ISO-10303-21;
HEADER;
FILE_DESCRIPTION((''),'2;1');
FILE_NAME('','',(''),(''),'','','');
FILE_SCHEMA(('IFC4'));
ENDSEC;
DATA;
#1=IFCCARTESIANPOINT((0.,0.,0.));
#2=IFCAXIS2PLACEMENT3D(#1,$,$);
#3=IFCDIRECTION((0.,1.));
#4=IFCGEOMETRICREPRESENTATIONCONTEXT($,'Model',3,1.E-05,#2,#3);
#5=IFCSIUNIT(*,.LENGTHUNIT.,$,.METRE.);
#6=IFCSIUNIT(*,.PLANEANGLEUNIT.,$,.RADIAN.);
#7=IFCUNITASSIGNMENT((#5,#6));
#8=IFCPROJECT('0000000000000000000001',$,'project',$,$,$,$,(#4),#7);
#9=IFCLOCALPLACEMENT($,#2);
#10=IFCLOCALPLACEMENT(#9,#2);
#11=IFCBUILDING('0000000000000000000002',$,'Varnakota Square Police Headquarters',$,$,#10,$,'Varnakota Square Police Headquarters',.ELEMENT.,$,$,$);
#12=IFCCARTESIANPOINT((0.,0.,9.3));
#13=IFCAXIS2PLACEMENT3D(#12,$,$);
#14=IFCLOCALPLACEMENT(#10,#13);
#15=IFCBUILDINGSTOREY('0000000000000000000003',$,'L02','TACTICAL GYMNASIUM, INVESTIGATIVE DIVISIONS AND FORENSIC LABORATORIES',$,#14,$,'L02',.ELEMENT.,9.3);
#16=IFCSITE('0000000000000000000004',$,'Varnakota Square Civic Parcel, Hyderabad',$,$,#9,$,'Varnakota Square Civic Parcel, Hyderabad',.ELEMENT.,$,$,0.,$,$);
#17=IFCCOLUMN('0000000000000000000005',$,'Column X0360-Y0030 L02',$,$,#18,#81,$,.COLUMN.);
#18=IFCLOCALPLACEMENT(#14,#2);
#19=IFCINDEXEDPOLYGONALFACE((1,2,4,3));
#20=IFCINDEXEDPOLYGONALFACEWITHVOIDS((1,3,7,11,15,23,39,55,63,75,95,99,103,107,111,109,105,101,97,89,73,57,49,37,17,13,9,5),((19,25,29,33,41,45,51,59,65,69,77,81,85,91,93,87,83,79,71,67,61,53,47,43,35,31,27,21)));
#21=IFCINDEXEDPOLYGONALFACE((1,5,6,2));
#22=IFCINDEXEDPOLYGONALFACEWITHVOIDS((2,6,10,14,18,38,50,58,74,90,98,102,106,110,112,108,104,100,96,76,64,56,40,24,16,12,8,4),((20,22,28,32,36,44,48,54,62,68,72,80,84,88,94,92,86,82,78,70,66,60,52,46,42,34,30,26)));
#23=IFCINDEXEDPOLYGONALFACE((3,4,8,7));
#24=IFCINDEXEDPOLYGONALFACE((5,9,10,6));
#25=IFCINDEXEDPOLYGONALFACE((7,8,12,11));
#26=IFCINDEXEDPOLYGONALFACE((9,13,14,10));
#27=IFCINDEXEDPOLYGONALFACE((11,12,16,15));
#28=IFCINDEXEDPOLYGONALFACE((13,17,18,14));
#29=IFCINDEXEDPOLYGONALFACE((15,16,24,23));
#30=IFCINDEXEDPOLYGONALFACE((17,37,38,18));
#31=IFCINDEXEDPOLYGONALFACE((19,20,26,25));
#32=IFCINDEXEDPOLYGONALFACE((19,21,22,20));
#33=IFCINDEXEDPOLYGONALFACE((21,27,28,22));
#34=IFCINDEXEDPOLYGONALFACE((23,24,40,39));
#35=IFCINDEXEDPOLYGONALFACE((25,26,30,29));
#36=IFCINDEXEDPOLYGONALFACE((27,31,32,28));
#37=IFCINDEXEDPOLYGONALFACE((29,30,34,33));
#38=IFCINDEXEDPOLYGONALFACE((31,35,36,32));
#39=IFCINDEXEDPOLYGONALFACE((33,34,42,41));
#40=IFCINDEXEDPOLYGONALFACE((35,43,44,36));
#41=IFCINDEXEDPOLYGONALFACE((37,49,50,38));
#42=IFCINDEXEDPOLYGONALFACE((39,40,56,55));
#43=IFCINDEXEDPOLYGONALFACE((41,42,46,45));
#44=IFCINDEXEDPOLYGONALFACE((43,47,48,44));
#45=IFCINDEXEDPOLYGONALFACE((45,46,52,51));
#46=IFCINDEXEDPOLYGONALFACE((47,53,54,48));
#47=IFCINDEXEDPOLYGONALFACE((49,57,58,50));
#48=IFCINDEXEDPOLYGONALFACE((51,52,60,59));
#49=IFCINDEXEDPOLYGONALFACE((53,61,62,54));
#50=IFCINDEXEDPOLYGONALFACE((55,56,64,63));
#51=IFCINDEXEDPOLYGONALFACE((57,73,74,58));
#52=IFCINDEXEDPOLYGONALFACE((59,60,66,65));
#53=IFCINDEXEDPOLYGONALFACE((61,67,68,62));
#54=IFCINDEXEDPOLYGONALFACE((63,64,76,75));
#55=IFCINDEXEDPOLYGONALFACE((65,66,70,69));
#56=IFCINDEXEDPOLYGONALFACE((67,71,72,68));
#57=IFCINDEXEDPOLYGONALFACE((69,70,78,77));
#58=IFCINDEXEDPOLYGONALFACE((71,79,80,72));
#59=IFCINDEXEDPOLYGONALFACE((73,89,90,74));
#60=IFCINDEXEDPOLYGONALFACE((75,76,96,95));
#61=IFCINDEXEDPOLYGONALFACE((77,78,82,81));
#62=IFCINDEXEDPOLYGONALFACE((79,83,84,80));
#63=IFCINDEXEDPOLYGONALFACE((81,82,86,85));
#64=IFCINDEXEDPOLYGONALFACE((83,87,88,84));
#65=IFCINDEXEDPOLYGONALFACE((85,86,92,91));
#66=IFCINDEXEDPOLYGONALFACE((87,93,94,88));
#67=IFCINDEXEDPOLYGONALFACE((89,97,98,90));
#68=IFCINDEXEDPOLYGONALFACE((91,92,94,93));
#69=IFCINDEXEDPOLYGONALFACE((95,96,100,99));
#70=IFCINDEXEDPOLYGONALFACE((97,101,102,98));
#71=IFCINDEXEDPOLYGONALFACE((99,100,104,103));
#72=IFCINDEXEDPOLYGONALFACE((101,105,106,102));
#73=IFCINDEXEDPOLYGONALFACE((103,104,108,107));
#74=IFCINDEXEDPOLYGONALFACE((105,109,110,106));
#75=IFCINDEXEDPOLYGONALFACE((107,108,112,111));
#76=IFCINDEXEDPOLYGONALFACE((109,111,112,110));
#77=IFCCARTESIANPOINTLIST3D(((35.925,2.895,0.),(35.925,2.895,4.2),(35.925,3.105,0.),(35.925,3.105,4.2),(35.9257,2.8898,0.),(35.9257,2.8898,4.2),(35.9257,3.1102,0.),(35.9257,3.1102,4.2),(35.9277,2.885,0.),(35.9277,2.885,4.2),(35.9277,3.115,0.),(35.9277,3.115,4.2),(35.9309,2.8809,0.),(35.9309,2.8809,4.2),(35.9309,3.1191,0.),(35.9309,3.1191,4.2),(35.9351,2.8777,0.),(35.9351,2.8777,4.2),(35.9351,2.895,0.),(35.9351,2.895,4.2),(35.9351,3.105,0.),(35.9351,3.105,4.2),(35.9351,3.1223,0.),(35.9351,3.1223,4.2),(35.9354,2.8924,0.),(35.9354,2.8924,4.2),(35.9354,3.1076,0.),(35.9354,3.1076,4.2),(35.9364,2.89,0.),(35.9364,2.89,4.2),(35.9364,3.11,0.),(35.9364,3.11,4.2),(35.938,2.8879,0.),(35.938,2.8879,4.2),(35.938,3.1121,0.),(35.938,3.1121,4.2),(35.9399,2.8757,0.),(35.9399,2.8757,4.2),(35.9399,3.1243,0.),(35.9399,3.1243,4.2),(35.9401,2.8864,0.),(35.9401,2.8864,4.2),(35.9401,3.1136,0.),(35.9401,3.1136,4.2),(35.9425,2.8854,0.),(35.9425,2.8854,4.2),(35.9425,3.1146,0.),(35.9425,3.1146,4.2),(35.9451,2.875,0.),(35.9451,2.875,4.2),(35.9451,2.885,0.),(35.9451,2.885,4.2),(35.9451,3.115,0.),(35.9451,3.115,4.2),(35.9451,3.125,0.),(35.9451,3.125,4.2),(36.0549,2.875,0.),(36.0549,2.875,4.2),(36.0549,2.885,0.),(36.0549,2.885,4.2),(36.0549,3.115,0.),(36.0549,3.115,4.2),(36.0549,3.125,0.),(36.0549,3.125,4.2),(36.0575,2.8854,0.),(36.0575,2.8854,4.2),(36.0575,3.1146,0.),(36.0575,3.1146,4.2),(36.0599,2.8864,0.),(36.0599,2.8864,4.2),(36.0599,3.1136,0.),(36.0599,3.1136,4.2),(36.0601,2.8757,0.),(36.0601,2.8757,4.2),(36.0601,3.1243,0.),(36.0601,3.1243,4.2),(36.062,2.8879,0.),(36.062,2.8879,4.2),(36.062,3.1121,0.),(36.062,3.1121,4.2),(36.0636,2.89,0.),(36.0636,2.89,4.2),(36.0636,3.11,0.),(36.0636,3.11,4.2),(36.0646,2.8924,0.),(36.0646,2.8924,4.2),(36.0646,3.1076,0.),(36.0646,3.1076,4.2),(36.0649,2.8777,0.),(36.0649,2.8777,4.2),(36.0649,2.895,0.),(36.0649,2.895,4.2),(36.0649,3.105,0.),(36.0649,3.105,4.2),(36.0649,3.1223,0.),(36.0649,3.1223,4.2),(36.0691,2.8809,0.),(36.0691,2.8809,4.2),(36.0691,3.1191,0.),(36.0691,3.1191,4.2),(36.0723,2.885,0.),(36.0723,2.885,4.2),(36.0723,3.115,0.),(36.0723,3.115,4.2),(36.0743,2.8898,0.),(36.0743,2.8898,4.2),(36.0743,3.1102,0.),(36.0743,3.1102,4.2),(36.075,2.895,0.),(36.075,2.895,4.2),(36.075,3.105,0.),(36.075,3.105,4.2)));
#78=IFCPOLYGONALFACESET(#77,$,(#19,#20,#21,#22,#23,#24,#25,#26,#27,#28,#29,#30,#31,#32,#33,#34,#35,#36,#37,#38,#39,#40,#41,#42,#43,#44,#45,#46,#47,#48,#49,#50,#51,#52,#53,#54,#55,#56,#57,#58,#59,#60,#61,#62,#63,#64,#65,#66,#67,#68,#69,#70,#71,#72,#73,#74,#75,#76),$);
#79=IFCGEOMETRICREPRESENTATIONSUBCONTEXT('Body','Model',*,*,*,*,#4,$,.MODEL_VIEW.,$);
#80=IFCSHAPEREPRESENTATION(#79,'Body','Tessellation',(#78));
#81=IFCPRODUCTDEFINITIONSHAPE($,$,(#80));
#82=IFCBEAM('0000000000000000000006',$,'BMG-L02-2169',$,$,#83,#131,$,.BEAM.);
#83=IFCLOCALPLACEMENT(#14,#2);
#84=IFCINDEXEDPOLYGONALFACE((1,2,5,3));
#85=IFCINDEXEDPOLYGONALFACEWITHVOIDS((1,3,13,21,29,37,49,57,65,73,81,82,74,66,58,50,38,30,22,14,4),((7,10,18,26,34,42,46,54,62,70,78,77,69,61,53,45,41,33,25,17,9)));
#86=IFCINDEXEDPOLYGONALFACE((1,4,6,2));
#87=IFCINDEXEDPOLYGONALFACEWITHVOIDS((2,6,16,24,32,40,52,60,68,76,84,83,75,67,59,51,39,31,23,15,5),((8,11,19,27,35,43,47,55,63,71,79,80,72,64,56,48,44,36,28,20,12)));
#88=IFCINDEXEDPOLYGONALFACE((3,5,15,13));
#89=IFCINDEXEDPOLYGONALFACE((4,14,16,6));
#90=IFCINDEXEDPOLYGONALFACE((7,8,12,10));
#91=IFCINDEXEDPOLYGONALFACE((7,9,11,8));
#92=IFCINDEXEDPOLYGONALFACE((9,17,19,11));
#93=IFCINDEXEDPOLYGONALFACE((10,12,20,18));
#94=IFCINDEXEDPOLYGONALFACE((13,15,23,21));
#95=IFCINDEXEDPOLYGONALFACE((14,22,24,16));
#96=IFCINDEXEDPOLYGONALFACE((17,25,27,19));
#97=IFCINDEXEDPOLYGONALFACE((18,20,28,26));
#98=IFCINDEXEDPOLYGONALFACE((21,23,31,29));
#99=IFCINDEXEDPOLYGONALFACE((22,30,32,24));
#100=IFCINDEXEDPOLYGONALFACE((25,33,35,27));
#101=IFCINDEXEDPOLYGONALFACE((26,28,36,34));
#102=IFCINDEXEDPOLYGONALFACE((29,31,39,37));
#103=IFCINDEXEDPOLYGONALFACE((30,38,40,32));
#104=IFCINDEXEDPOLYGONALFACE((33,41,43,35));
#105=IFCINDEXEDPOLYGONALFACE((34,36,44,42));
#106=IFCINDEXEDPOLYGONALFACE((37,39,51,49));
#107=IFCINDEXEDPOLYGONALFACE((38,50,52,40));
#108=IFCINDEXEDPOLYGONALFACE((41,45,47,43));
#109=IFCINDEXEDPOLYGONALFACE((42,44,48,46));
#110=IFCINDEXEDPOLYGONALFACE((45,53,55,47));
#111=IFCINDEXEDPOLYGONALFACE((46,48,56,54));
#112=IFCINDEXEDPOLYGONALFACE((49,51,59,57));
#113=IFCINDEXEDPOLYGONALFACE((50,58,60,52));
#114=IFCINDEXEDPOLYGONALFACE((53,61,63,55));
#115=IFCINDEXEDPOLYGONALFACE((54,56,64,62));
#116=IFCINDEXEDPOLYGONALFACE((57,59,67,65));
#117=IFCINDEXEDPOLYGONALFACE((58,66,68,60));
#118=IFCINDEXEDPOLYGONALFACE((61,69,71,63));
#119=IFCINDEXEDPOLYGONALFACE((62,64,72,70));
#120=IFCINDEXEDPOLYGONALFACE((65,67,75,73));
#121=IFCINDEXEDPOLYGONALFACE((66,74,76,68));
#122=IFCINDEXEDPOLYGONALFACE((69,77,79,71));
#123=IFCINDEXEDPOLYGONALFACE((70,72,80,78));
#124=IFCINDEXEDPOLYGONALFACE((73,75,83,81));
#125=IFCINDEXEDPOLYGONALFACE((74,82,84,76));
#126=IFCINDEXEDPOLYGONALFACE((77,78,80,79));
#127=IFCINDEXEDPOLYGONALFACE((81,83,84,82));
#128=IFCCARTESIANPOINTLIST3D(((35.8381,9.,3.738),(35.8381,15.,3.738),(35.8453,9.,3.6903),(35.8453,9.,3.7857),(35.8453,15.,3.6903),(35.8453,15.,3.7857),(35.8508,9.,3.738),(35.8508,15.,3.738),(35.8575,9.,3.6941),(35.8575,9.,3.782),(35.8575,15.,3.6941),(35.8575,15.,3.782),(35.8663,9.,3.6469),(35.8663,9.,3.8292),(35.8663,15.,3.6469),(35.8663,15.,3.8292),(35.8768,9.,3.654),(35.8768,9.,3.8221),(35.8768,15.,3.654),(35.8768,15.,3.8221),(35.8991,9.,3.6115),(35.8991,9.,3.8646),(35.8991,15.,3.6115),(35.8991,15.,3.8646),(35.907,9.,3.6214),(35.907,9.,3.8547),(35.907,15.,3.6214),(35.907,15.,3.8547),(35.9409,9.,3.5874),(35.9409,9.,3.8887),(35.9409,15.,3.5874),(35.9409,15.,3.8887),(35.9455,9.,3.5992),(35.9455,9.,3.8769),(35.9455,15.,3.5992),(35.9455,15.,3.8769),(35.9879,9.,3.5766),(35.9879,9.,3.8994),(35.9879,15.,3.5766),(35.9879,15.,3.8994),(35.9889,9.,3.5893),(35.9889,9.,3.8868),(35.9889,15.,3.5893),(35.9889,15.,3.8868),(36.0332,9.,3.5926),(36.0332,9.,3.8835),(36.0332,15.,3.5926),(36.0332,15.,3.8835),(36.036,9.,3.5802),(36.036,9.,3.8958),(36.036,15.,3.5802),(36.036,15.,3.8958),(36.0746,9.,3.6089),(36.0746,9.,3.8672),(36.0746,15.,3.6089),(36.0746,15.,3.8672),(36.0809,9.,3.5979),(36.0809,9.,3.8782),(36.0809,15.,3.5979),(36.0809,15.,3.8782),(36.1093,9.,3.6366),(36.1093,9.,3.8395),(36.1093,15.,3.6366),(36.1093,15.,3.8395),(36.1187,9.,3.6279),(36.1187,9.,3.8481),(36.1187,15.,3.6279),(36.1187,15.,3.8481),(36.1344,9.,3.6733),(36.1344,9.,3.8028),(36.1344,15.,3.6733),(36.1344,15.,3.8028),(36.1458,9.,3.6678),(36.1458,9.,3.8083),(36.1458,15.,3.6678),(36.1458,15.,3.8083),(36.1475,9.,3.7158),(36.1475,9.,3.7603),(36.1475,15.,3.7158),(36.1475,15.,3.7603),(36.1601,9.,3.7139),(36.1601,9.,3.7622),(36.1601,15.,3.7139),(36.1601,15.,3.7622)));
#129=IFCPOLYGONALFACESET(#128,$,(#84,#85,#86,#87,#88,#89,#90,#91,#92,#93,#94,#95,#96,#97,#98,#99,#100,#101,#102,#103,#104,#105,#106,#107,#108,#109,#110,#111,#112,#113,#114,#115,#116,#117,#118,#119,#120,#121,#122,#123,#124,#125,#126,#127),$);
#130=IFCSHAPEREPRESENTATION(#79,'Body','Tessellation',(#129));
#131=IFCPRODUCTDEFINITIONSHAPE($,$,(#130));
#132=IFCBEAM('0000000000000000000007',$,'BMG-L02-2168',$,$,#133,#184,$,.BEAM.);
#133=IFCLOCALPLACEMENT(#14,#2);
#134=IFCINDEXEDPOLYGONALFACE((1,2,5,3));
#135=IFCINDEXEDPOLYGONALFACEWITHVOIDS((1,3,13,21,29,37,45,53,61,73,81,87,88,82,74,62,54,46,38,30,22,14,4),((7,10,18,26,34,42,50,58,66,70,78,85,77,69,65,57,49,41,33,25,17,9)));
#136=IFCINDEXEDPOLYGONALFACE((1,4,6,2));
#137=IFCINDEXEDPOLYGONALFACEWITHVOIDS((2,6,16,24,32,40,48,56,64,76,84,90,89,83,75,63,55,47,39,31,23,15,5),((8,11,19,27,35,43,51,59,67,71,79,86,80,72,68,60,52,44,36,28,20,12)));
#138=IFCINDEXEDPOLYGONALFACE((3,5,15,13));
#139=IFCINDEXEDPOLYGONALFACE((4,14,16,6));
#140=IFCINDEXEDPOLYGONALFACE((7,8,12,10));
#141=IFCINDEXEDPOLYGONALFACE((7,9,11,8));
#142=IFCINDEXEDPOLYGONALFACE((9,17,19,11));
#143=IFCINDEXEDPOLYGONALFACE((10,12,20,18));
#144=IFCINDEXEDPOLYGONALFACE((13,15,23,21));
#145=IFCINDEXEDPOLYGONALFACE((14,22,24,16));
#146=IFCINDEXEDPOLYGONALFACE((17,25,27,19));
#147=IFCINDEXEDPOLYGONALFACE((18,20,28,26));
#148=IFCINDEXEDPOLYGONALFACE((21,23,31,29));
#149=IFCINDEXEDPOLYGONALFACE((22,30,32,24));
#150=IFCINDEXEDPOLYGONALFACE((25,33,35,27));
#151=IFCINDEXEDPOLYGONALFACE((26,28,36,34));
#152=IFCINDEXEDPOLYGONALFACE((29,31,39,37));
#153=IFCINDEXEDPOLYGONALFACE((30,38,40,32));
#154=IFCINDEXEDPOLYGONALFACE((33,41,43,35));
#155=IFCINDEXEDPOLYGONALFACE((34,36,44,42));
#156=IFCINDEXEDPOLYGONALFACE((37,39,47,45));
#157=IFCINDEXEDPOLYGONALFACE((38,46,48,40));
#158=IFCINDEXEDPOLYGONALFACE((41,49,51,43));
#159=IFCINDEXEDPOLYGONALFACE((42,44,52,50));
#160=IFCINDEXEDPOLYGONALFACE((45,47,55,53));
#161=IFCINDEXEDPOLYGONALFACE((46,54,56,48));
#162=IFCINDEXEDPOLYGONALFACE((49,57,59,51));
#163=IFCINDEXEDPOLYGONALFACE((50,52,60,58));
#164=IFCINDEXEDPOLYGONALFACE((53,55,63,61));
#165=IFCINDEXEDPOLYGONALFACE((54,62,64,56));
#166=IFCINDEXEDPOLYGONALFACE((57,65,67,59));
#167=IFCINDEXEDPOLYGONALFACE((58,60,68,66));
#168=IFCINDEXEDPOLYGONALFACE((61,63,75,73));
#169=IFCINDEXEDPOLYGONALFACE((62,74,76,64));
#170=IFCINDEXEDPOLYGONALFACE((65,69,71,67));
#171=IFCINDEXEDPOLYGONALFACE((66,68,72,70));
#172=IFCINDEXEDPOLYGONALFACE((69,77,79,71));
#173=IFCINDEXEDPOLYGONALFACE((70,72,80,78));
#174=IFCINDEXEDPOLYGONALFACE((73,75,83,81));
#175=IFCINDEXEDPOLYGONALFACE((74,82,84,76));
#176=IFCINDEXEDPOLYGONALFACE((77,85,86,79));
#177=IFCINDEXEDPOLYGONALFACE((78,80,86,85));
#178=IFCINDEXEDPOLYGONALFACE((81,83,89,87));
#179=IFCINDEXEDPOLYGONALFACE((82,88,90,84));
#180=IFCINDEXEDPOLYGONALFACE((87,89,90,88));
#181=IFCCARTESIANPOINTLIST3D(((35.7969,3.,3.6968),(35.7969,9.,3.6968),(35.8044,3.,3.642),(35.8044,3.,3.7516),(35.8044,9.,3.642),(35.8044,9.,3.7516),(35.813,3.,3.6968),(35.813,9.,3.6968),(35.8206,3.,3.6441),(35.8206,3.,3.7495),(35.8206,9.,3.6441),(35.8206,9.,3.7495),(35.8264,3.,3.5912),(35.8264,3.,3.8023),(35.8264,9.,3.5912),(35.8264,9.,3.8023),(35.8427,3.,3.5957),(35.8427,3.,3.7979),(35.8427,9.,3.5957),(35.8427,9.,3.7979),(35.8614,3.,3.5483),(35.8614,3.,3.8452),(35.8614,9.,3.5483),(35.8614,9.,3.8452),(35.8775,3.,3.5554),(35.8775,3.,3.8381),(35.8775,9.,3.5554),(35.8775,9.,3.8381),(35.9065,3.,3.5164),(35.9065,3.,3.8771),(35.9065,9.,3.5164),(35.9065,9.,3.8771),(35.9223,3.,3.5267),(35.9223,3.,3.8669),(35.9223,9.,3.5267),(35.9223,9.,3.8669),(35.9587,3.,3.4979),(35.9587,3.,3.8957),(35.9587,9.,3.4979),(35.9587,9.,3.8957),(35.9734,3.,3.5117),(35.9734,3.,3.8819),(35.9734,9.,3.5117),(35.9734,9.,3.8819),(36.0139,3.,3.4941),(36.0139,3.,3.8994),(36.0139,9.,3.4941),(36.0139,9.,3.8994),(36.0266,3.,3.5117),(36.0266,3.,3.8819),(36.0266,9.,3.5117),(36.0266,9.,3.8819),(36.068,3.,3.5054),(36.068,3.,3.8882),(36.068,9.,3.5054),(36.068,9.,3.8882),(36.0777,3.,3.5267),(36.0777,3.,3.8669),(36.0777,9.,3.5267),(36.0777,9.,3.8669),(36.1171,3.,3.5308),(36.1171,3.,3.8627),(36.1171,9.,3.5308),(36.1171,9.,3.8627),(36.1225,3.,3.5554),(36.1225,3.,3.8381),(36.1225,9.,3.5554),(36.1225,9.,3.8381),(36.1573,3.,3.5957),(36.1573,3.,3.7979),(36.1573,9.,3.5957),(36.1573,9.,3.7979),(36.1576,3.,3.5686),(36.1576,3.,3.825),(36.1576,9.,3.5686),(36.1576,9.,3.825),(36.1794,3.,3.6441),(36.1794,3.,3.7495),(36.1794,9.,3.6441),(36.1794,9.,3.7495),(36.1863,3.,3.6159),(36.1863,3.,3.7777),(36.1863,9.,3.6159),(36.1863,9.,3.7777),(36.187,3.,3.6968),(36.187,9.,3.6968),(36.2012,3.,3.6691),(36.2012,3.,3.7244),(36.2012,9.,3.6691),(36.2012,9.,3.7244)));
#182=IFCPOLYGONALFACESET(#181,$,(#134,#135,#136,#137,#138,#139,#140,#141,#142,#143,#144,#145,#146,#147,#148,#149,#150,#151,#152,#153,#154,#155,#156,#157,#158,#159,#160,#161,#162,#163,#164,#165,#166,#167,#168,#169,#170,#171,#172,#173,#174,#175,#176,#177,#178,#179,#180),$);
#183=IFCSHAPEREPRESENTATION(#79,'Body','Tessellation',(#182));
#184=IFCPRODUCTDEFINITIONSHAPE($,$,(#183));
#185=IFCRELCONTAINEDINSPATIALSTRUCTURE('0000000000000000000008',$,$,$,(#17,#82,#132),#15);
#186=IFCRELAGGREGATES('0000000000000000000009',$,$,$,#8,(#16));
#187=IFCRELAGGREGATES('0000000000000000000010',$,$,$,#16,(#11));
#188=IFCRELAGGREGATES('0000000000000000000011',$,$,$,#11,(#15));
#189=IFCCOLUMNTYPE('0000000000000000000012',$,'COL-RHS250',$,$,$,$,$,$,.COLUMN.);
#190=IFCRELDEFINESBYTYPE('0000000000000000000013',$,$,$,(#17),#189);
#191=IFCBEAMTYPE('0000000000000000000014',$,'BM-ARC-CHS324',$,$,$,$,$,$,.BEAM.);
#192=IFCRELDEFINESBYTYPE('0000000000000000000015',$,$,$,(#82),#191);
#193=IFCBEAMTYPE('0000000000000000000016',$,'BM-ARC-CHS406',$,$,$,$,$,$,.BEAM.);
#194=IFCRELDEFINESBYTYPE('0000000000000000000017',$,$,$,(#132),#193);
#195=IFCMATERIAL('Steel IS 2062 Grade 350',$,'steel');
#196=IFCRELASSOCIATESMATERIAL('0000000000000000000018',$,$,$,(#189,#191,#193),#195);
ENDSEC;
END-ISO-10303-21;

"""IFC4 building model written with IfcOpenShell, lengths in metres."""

from ifc_helpers import new_model, si_unit, direction, frame, origin, origin_2d, place, context, subcontext, project, spatial, hollow_rectangle, hollow_circle, extrude, material, material_profile, profile_set, type_object, element, save


model = new_model("IFC4")

# Units and contexts
model_context = context("Model", 3, precision=1e-05, world=origin(), true_north=direction((0.0, 1.0)))
body_context = subcontext(model_context, "Body", "Model", "MODEL_VIEW")
ifc_project = project(units=[si_unit("LENGTHUNIT", "METRE"), si_unit("PLANEANGLEUNIT", "RADIAN")], contexts=[model_context])

# Site, building, storey
site_placement = place(None, origin())
site = spatial("IfcSite", under=ifc_project, at=site_placement, Name="Varnakota Square Civic Parcel, Hyderabad", LongName="Varnakota Square Civic Parcel, Hyderabad", CompositionType="ELEMENT", RefElevation=0.0)
building_placement = place(site_placement, origin())
building = spatial("IfcBuilding", under=site, at=building_placement, Name="Varnakota Square Police Headquarters", LongName="Varnakota Square Police Headquarters", CompositionType="ELEMENT")
storey_placement = place(building_placement, frame((0.0, 0.0, 9.3)))
storey = spatial("IfcBuildingStorey", under=building, at=storey_placement, Name="L02", Description="TACTICAL GYMNASIUM, INVESTIGATIVE DIVISIONS AND FORENSIC LABORATORIES", LongName="L02", CompositionType="ELEMENT", Elevation=9.3)

# Column
ifc_material_1 = material(Name="Steel IS 2062 Grade 350", Category="steel")
ifc_material_profile_1 = material_profile(ifc_material_1, hollow_rectangle(XDim=0.1499, YDim=0.25, WallThickness=0.01, InnerFilletRadius=0.01, OuterFilletRadius=0.02, at=origin_2d()), Name="RHS 250x150x10")
ifc_profile_set_1 = profile_set([ifc_material_profile_1], Name="Steel IS 2062 Grade 350")
column_type_1 = type_object("IfcColumnType", Name="COL-RHS250", PredefinedType="COLUMN", material=ifc_profile_set_1)
column_1_placement = place(storey_placement, frame((36.0, 3.0, 0.0), z_axis=(0.0, 0.0, 1.0), x_axis=(1.0, 0.0, 0.0)))
element("IfcColumn", 1, at=column_1_placement, inside=storey, type_object=column_type_1, Name="Column X0360-Y0030 L02", PredefinedType="COLUMN", context=body_context, shape_type="SweptSolid", body=[
    extrude(hollow_rectangle(XDim=0.1499, YDim=0.25, WallThickness=0.01, InnerFilletRadius=0.01, OuterFilletRadius=0.02, at=origin_2d()), origin(), (0.0, 0.0, 1.0), 4.2),
])

# Beams
ifc_material_profile_2 = material_profile(ifc_material_1, hollow_circle(Radius=0.1619, WallThickness=0.0127, at=origin_2d()), Name="CHS 323.9x12.7")
ifc_profile_set_2 = profile_set([ifc_material_profile_2], Name="Steel IS 2062 Grade 350")
beam_type_1 = type_object("IfcBeamType", Name="BM-ARC-CHS324", PredefinedType="BEAM", material=ifc_profile_set_2)
beam_1_placement = place(storey_placement, frame((36.0, 9.0, 3.738), z_axis=(0.0, 1.0, 0.0), x_axis=(-1.0, 0.0, 0.0)))
element("IfcBeam", 2, at=beam_1_placement, inside=storey, type_object=beam_type_1, Name="BMG-L02-2169", PredefinedType="BEAM", context=body_context, shape_type="SweptSolid", body=[
    extrude(hollow_circle(Radius=0.1619, WallThickness=0.0127, at=origin_2d()), origin(), (0.0, 0.0, 1.0), 6.0),
])
ifc_material_profile_3 = material_profile(ifc_material_1, hollow_circle(Radius=0.2031, WallThickness=0.0161, at=origin_2d()), Name="CHS 406.4x16.0")
ifc_profile_set_3 = profile_set([ifc_material_profile_3], Name="Steel IS 2062 Grade 350")
beam_type_2 = type_object("IfcBeamType", Name="BM-ARC-CHS406", PredefinedType="BEAM", material=ifc_profile_set_3)
for number, where, z_axis, x_axis, name in (
    (3, (36.0, 3.0, 3.6968), (0.0, 1.0, 0.0), (-1.0, 0.0, 0.0), "BMG-L02-2168"),
):
    element("IfcBeam", number, at=place(storey_placement, frame(where, z_axis=z_axis, x_axis=x_axis)), inside=storey, type_object=beam_type_2, Name=name, PredefinedType="BEAM", context=body_context, shape_type="SweptSolid", body=[
        extrude(hollow_circle(Radius=0.2031, WallThickness=0.0161, at=origin_2d()), origin(), (0.0, 0.0, 1.0), 6.0),
    ])

save(model, "model.ifc")
